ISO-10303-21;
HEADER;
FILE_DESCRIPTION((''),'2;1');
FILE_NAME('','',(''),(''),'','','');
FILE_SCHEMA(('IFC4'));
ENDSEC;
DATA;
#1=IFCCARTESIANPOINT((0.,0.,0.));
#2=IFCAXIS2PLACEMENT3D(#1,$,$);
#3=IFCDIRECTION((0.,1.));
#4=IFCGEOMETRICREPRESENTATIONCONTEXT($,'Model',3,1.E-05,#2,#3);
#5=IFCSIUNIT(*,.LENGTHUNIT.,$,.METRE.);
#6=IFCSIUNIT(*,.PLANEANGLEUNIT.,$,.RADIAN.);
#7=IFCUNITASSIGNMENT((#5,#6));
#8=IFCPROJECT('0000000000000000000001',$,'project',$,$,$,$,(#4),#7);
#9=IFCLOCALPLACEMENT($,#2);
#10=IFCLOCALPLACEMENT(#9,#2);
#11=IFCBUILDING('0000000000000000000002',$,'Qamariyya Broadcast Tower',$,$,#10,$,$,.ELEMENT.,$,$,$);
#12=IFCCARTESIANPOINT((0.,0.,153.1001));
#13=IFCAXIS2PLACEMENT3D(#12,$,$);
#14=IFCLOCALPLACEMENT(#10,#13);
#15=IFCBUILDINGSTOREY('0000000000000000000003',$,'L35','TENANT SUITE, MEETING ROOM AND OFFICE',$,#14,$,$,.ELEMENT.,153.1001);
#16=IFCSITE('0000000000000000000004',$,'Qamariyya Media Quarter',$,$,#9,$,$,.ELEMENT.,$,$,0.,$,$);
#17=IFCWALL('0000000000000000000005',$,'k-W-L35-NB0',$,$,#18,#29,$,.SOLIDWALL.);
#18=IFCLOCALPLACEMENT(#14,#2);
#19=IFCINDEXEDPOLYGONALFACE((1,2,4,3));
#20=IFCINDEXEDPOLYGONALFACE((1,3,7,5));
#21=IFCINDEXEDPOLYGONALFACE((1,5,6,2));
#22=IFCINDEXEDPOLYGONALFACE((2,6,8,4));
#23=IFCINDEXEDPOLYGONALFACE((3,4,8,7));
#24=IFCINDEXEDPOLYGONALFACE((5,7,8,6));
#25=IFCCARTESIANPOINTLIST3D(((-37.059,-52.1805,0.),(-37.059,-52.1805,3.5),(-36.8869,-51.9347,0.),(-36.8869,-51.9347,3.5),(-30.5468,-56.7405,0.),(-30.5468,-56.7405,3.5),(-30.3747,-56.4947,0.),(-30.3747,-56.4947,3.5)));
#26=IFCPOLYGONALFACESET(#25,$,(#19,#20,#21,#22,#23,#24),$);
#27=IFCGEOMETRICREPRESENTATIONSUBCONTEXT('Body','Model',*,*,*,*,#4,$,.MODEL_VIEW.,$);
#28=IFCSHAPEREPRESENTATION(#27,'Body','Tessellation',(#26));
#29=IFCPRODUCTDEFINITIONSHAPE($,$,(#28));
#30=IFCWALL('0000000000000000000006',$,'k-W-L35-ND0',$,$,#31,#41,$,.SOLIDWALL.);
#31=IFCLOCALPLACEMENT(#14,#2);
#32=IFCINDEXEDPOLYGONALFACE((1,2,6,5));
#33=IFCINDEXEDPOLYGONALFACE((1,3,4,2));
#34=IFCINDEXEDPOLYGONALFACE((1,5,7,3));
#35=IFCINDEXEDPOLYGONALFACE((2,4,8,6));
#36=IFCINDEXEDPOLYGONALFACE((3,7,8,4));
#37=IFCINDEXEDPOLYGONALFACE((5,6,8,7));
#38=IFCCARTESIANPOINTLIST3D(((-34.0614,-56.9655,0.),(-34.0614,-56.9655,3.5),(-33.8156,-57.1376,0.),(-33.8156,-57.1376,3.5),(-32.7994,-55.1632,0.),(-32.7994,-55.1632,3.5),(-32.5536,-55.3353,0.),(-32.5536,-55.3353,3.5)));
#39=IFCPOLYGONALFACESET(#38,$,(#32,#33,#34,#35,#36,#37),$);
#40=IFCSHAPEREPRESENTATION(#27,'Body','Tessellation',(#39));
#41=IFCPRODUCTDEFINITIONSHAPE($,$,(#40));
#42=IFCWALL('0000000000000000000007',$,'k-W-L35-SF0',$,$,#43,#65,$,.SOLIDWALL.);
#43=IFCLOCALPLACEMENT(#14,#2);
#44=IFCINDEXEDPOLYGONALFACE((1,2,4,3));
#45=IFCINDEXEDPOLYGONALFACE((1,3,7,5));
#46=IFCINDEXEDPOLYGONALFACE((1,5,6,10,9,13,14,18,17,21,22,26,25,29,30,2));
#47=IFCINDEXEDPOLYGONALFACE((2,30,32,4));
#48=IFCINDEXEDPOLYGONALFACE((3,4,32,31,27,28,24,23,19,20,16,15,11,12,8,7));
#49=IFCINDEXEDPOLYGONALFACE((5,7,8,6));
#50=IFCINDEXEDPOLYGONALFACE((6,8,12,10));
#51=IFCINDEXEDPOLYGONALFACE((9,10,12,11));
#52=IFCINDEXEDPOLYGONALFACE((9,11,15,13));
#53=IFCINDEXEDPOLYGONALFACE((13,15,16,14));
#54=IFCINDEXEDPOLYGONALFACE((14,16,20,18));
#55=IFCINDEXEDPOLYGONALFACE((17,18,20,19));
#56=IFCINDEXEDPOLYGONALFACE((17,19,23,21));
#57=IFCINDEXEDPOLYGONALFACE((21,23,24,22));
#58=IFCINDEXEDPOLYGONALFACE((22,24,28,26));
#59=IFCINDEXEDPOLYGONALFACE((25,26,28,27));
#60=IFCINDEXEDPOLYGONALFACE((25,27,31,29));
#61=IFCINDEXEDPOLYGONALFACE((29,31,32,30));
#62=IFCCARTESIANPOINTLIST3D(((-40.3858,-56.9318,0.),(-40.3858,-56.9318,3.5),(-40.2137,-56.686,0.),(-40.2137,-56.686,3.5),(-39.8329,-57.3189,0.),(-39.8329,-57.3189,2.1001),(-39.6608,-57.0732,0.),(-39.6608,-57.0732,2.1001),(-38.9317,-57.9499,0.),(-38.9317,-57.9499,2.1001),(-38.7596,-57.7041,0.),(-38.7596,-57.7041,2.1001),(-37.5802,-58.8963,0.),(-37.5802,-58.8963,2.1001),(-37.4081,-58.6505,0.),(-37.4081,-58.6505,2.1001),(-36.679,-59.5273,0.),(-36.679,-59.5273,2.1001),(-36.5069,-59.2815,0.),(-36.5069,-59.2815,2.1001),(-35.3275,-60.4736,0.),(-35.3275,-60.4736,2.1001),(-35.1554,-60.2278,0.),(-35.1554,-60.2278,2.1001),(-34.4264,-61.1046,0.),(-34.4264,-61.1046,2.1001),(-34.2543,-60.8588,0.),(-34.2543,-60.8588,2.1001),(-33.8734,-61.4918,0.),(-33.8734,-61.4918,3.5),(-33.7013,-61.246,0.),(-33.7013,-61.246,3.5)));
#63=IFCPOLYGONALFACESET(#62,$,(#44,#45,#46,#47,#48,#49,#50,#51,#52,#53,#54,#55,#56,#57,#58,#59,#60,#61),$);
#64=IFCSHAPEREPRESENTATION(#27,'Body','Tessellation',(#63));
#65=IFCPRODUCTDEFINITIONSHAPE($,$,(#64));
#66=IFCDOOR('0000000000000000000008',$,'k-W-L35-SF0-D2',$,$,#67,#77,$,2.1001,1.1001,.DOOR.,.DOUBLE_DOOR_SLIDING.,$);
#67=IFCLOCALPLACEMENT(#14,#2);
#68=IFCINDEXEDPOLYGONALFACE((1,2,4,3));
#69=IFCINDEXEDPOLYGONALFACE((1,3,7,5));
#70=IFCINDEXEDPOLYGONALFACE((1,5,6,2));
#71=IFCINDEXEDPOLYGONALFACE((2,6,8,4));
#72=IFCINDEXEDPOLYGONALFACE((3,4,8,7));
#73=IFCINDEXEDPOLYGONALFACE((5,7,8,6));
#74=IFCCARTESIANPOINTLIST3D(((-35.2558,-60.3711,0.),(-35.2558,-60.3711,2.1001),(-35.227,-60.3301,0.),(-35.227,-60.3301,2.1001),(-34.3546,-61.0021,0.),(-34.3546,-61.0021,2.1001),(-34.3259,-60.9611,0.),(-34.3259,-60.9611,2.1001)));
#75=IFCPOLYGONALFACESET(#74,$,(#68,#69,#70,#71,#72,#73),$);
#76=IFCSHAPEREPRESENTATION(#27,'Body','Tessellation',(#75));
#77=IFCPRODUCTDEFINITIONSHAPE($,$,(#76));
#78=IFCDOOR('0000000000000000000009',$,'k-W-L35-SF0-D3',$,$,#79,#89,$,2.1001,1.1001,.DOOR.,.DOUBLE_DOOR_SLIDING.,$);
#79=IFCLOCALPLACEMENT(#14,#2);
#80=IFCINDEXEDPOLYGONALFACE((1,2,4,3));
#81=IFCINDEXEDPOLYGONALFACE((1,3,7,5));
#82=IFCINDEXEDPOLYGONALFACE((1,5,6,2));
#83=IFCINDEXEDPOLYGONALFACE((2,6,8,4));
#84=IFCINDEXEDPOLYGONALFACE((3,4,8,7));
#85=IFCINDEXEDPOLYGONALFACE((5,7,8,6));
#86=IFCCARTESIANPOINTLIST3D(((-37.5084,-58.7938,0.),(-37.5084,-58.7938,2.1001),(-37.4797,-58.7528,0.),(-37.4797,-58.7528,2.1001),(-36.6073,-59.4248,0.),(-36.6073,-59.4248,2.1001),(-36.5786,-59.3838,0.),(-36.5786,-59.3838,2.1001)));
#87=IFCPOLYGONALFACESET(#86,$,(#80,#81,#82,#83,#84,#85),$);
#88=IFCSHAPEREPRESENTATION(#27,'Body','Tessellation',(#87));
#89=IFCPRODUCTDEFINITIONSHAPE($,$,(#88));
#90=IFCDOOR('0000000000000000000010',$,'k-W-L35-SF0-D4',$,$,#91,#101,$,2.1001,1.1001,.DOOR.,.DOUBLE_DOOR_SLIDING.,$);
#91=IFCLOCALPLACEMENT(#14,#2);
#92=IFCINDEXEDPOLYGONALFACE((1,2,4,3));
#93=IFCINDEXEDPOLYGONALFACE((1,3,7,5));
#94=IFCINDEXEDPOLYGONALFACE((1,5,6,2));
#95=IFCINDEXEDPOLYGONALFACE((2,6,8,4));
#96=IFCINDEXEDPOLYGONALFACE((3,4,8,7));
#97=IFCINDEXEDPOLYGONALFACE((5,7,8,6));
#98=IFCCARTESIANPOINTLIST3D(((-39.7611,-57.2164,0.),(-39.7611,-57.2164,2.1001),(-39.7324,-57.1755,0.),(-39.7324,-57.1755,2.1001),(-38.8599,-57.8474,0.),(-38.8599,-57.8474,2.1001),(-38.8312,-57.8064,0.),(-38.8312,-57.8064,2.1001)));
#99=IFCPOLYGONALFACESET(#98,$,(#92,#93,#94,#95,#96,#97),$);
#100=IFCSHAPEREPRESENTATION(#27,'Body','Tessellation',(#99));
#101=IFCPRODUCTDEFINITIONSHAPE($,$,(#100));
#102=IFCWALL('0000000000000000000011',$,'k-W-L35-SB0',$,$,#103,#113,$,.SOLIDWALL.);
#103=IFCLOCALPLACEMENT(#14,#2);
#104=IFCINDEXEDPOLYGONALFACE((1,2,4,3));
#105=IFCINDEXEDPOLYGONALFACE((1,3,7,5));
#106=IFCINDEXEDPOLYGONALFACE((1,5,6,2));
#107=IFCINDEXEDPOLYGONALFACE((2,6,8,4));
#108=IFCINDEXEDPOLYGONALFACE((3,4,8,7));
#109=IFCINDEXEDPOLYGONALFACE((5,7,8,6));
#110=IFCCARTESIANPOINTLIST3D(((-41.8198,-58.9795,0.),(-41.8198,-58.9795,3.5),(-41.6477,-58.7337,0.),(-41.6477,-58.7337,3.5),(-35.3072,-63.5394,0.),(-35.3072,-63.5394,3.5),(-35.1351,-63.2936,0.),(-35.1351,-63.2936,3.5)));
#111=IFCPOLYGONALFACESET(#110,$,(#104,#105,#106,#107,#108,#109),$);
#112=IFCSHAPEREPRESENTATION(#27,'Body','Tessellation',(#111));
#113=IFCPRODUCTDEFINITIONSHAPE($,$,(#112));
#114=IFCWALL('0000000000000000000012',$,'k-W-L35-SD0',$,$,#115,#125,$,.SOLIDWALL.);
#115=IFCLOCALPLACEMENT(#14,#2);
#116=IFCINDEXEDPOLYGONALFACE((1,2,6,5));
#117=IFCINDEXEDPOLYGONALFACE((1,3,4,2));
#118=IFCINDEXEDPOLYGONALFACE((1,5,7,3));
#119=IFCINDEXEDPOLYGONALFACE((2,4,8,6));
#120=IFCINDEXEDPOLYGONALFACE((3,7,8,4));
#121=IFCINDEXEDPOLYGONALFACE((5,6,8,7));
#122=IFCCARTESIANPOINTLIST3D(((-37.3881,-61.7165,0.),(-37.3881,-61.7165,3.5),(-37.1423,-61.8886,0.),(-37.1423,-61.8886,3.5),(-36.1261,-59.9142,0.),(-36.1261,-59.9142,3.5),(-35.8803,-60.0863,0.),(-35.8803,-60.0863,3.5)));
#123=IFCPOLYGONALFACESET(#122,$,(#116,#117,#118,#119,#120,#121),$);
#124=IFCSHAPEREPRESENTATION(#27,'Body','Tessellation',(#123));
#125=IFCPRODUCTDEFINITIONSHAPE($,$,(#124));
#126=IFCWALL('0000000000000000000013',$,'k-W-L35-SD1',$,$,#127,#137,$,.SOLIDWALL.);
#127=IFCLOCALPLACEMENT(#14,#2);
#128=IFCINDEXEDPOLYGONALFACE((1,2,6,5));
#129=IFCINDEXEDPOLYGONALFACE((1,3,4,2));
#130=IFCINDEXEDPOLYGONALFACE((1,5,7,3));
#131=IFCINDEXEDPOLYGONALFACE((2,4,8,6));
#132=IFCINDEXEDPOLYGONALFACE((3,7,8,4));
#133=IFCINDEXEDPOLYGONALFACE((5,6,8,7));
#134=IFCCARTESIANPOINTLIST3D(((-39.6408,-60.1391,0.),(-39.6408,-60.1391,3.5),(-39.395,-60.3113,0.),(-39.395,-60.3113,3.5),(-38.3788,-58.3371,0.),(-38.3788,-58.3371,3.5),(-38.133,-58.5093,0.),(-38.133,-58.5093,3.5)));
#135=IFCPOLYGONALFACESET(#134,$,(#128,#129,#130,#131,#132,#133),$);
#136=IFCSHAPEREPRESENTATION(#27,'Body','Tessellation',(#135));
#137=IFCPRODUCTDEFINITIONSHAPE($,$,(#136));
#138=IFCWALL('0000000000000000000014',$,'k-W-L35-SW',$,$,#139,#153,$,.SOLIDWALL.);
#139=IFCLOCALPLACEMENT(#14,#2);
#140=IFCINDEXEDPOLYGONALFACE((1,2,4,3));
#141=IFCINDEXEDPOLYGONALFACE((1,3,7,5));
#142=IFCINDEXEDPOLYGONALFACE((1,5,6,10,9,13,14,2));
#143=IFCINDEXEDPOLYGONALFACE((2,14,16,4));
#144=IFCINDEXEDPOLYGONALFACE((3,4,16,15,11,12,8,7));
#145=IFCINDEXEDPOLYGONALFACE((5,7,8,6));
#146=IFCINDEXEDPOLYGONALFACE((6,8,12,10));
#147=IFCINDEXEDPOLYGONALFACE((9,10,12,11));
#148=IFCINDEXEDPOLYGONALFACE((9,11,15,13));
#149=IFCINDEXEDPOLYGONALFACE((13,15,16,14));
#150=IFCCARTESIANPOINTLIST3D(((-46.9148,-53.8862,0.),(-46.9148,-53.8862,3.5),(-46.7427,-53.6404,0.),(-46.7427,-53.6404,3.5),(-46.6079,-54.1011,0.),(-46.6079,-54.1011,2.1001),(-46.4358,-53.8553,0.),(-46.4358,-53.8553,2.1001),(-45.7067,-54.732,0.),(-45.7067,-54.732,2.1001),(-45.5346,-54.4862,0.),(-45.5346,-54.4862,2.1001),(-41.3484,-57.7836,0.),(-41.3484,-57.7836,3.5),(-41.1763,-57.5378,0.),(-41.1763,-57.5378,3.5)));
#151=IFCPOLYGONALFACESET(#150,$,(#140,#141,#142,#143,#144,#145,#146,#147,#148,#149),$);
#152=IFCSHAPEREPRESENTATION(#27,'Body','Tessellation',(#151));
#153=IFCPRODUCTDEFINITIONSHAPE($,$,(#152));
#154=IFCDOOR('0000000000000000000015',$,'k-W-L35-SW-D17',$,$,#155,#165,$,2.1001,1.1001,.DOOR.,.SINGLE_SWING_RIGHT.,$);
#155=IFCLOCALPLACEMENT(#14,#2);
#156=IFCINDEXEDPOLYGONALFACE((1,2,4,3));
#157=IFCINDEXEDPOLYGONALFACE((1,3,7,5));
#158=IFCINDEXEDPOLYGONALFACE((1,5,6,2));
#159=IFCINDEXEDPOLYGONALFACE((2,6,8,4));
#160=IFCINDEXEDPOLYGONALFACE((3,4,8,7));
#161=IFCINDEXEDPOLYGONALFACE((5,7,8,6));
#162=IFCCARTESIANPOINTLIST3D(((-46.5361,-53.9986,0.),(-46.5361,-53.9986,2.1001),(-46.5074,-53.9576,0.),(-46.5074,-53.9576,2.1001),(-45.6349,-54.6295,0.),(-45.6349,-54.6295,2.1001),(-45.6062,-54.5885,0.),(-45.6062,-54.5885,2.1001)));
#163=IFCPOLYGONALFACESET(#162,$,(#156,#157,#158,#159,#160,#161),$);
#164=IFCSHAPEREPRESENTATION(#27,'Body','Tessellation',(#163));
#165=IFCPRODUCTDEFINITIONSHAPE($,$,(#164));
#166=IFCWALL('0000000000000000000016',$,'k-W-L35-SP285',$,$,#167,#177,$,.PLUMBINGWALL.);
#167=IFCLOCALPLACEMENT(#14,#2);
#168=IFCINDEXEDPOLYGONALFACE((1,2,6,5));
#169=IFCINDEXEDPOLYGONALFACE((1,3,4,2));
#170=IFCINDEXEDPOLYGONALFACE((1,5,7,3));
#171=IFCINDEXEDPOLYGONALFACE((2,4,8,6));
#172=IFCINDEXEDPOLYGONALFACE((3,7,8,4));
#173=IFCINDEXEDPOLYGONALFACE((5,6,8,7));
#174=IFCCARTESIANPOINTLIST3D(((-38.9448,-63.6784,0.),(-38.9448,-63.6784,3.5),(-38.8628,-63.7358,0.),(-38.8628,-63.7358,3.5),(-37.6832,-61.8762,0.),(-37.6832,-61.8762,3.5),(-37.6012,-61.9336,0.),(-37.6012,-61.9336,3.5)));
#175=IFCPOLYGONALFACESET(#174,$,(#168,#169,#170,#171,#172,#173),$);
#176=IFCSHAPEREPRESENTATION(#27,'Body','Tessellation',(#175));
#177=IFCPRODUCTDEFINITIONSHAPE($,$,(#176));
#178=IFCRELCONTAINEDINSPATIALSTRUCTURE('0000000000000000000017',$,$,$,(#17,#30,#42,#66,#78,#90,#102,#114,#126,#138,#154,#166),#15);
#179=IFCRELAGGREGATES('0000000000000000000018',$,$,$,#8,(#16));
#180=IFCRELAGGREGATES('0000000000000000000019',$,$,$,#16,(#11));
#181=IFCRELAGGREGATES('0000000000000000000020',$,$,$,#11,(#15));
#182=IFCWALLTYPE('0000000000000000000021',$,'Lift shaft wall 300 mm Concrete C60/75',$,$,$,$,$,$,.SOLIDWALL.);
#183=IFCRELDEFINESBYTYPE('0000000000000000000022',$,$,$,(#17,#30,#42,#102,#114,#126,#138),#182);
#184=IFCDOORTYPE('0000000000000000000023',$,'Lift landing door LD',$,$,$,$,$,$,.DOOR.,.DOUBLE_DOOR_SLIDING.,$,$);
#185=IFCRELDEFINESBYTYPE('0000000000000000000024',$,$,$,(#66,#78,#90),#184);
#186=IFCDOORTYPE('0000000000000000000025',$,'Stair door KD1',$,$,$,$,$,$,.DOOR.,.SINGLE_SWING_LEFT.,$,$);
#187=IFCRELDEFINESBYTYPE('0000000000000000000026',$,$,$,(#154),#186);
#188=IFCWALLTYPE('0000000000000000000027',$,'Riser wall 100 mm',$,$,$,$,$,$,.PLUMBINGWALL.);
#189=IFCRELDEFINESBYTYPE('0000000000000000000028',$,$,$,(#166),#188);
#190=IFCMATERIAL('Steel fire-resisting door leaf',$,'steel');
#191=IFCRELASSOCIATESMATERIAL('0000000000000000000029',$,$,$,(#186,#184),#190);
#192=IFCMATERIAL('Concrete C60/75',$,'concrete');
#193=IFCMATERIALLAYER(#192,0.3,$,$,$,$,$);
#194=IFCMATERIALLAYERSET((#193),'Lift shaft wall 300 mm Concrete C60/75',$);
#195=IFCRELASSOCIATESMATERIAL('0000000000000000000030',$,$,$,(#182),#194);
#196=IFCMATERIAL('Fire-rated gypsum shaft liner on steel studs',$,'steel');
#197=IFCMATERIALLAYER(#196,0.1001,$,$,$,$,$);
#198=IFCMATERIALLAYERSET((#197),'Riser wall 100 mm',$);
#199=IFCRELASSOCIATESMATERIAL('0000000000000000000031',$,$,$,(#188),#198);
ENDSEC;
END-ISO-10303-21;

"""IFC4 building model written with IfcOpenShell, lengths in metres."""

from ifc_helpers import new_model, si_unit, direction, frame, frame_2d, origin, place, context, subcontext, project, spatial, rectangle, extrude, material, layer, layer_set, type_object, element, fill, save


model = new_model("IFC4")

# Units and contexts
model_context = context("Model", 3, precision=1e-05, world=origin(), true_north=direction((0.0, 1.0)))
body_context = subcontext(model_context, "Body", "Model", "MODEL_VIEW")
ifc_project = project(units=[si_unit("LENGTHUNIT", "METRE"), si_unit("PLANEANGLEUNIT", "RADIAN")], contexts=[model_context])

# Site, building, storey
site_placement = place(None, origin())
site = spatial("IfcSite", under=ifc_project, at=site_placement, Name="Qamariyya Media Quarter", CompositionType="ELEMENT", RefElevation=0.0)
building_placement = place(site_placement, origin())
building = spatial("IfcBuilding", under=site, at=building_placement, Name="Qamariyya Broadcast Tower", CompositionType="ELEMENT")
storey_placement = place(building_placement, frame((0.0, 0.0, 153.1001)))
storey = spatial("IfcBuildingStorey", under=building, at=storey_placement, Name="L35", Description="TENANT SUITE, MEETING ROOM AND OFFICE", CompositionType="ELEMENT", Elevation=153.1001)

# Shared definitions
ifc_material_1 = material(Name="Concrete C60/75", Category="concrete")

# Shared definitions
ifc_material_2 = material(Name="Steel fire-resisting door leaf", Category="steel")

# Shared definitions
door_type_1 = type_object("IfcDoorType", Name="Stair door KD1", OperationType="SINGLE_SWING_LEFT", PredefinedType="DOOR", material=ifc_material_2)

# Walls
ifc_layer_1 = layer(ifc_material_1, 0.3)
ifc_layer_set_1 = layer_set([ifc_layer_1], Name="Lift shaft wall 300 mm Concrete C60/75")
wall_type_1 = type_object("IfcWallType", Name="Lift shaft wall 300 mm Concrete C60/75", PredefinedType="SOLIDWALL", material=ifc_layer_set_1)
wall_1_placement = place(storey_placement, frame((-30.4607, -56.6177, 0.0), z_axis=(0.0, 0.0, 1.0), x_axis=(-0.819142, 0.57359, 0.0)))
element("IfcWall", 1, at=wall_1_placement, inside=storey, type_object=wall_type_1, Name="k-W-L35-NB0", PredefinedType="SOLIDWALL", context=body_context, shape_type="SweptSolid", body=[
    extrude(rectangle(XDim=7.95, YDim=0.3, at=frame_2d((3.9751, 0.0))), origin(), (0.0, 0.0, 1.0), 3.5),
])
wall_2_placement = place(storey_placement, frame((-33.9385, -57.0515, 0.0), z_axis=(0.0, 0.0, 1.0), x_axis=(0.573581, 0.819149, 0.0)))
element("IfcWall", 2, at=wall_2_placement, inside=storey, type_object=wall_type_1, Name="k-W-L35-ND0", PredefinedType="SOLIDWALL", context=body_context, shape_type="SweptSolid", body=[
    extrude(rectangle(XDim=2.2002, YDim=0.3, at=frame_2d((1.1001, 0.0))), origin(), (0.0, 0.0, 1.0), 3.5),
])

# Wall, openings, doors
wall_3_placement = place(storey_placement, frame((-33.7874, -61.3689, 0.0), z_axis=(0.0, 0.0, 1.0), x_axis=(-0.819153, 0.573576, 0.0)))
wall_3 = element("IfcWall", 3, at=wall_3_placement, inside=storey, type_object=wall_type_1, Name="k-W-L35-SF0", PredefinedType="SOLIDWALL", context=body_context, shape_type="SweptSolid", body=[
    extrude(rectangle(XDim=7.9502, YDim=0.3, at=frame_2d((3.9751, 0.0))), origin(), (0.0, 0.0, 1.0), 3.5),
])
opening_1_placement = place(wall_3_placement, frame((0.675, 0.0, 0.0)))
opening_1 = element("IfcOpeningElement", 4, at=opening_1_placement, cuts=wall_3, PredefinedType="OPENING", context=body_context, shape_type="SweptSolid", body=[
    extrude(rectangle(XDim=1.1001, YDim=2.1001, at=frame_2d((0.55, 1.05))), frame((0.0, 0.1599, 0.0), z_axis=(0.0, -1.0, 0.0), x_axis=(1.0, 0.0, 0.0)), (0.0, 0.0, 1.0), 0.3201),
])
opening_2_placement = place(wall_3_placement, frame((3.425, 0.0, 0.0)))
opening_2 = element("IfcOpeningElement", 5, at=opening_2_placement, cuts=wall_3, PredefinedType="OPENING", context=body_context, shape_type="SweptSolid", body=[
    extrude(rectangle(XDim=1.1001, YDim=2.1001, at=frame_2d((0.55, 1.05))), frame((0.0, 0.1599, 0.0), z_axis=(0.0, -1.0, 0.0), x_axis=(1.0, 0.0, 0.0)), (0.0, 0.0, 1.0), 0.3201),
])
opening_3_placement = place(wall_3_placement, frame((6.175, 0.0, 0.0)))
opening_3 = element("IfcOpeningElement", 6, at=opening_3_placement, cuts=wall_3, PredefinedType="OPENING", context=body_context, shape_type="SweptSolid", body=[
    extrude(rectangle(XDim=1.1001, YDim=2.1001, at=frame_2d((0.55, 1.05))), frame((0.0, 0.1599, 0.0), z_axis=(0.0, -1.0, 0.0), x_axis=(1.0, 0.0, 0.0)), (0.0, 0.0, 1.0), 0.3201),
])
door_type_2 = type_object("IfcDoorType", Name="Lift landing door LD", OperationType="DOUBLE_DOOR_SLIDING", PredefinedType="DOOR", material=ifc_material_2)
door_1_placement = place(opening_1_placement, origin())
door_1 = element("IfcDoor", 7, at=door_1_placement, inside=storey, type_object=door_type_2, Name="k-W-L35-SF0-D2", OperationType="DOUBLE_DOOR_SLIDING", OverallHeight=2.1001, OverallWidth=1.1001, PredefinedType="DOOR", context=body_context, shape_type="SweptSolid", body=[
    extrude(rectangle(XDim=1.1001, YDim=2.1001, at=frame_2d((0.55, 1.05))), frame((0.0, 0.0249, 0.0), z_axis=(0.0, -1.0, 0.0), x_axis=(1.0, 0.0, 0.0)), (0.0, 0.0, 1.0), 0.05),
])
fill(opening_1, door_1)
door_2_placement = place(opening_2_placement, origin())
door_2 = element("IfcDoor", 8, at=door_2_placement, inside=storey, type_object=door_type_2, Name="k-W-L35-SF0-D3", OperationType="DOUBLE_DOOR_SLIDING", OverallHeight=2.1001, OverallWidth=1.1001, PredefinedType="DOOR", context=body_context, shape_type="SweptSolid", body=[
    extrude(rectangle(XDim=1.1001, YDim=2.1001, at=frame_2d((0.55, 1.05))), frame((0.0, 0.0249, 0.0), z_axis=(0.0, -1.0, 0.0), x_axis=(1.0, 0.0, 0.0)), (0.0, 0.0, 1.0), 0.05),
])
fill(opening_2, door_2)
door_3_placement = place(opening_3_placement, origin())
door_3 = element("IfcDoor", 9, at=door_3_placement, inside=storey, type_object=door_type_2, Name="k-W-L35-SF0-D4", OperationType="DOUBLE_DOOR_SLIDING", OverallHeight=2.1001, OverallWidth=1.1001, PredefinedType="DOOR", context=body_context, shape_type="SweptSolid", body=[
    extrude(rectangle(XDim=1.1001, YDim=2.1001, at=frame_2d((0.55, 1.05))), frame((0.0, 0.0249, 0.0), z_axis=(0.0, -1.0, 0.0), x_axis=(1.0, 0.0, 0.0)), (0.0, 0.0, 1.0), 0.05),
])
fill(opening_3, door_3)

# Walls
wall_4_placement = place(storey_placement, frame((-35.2212, -63.4165, 0.0), z_axis=(0.0, 0.0, 1.0), x_axis=(-0.819167, 0.573555, 0.0)))
element("IfcWall", 10, at=wall_4_placement, inside=storey, type_object=wall_type_1, Name="k-W-L35-SB0", PredefinedType="SOLIDWALL", context=body_context, shape_type="SweptSolid", body=[
    extrude(rectangle(XDim=7.9502, YDim=0.3, at=frame_2d((3.9751, 0.0))), origin(), (0.0, 0.0, 1.0), 3.5),
])
wall_5_placement = place(storey_placement, frame((-36.0032, -60.0002, 0.0), z_axis=(0.0, 0.0, 1.0), x_axis=(-0.573581, -0.819149, 0.0)))
element("IfcWall", 11, at=wall_5_placement, inside=storey, type_object=wall_type_1, Name="k-W-L35-SD0", PredefinedType="SOLIDWALL", context=body_context, shape_type="SweptSolid", body=[
    extrude(rectangle(XDim=2.2002, YDim=0.3, at=frame_2d((1.1001, 0.0))), origin(), (0.0, 0.0, 1.0), 3.5),
])
wall_6_placement = place(storey_placement, frame((-38.2559, -58.4231, 0.0), z_axis=(0.0, 0.0, 1.0), x_axis=(-0.573634, -0.819112, 0.0)))
element("IfcWall", 12, at=wall_6_placement, inside=storey, type_object=wall_type_1, Name="k-W-L35-SD1", PredefinedType="SOLIDWALL", context=body_context, shape_type="SweptSolid", body=[
    extrude(rectangle(XDim=2.2, YDim=0.3, at=frame_2d((1.1001, 0.0))), origin(), (0.0, 0.0, 1.0), 3.5),
])

# Wall, opening, door
wall_7_placement = place(storey_placement, frame((-41.2625, -57.6606, 0.0), z_axis=(0.0, 0.0, 1.0), x_axis=(-0.819164, 0.573559, 0.0)))
wall_7 = element("IfcWall", 13, at=wall_7_placement, inside=storey, type_object=wall_type_1, Name="k-W-L35-SW", PredefinedType="SOLIDWALL", context=body_context, shape_type="SweptSolid", body=[
    extrude(rectangle(XDim=6.7952, YDim=0.3, at=frame_2d((3.3975, 0.0))), origin(), (0.0, 0.0, 1.0), 3.5),
])
opening_4_placement = place(wall_7_placement, frame((5.3203, 0.0, 0.0)))
opening_4 = element("IfcOpeningElement", 14, at=opening_4_placement, cuts=wall_7, PredefinedType="OPENING", context=body_context, shape_type="SweptSolid", body=[
    extrude(rectangle(XDim=1.1001, YDim=2.1001, at=frame_2d((0.55, 1.05))), frame((0.0, 0.1599, 0.0), z_axis=(0.0, -1.0, 0.0), x_axis=(1.0, 0.0, 0.0)), (0.0, 0.0, 1.0), 0.3201),
])
door_4_placement = place(opening_4_placement, origin())
door_4 = element("IfcDoor", 15, at=door_4_placement, inside=storey, type_object=door_type_1, Name="k-W-L35-SW-D17", OperationType="SINGLE_SWING_RIGHT", OverallHeight=2.1001, OverallWidth=1.1001, PredefinedType="DOOR", context=body_context, shape_type="SweptSolid", body=[
    extrude(rectangle(XDim=1.1001, YDim=2.1001, at=frame_2d((0.55, 1.05))), frame((0.0, 0.0249, 0.0), z_axis=(0.0, -1.0, 0.0), x_axis=(1.0, 0.0, 0.0)), (0.0, 0.0, 1.0), 0.05),
])
fill(opening_4, door_4)

# Wall
ifc_material_3 = material(Name="Fire-rated gypsum shaft liner on steel studs", Category="steel")
ifc_layer_2 = layer(ifc_material_3, 0.1001)
ifc_layer_set_2 = layer_set([ifc_layer_2], Name="Riser wall 100 mm")
wall_type_2 = type_object("IfcWallType", Name="Riser wall 100 mm", PredefinedType="PLUMBINGWALL", material=ifc_layer_set_2)
wall_8_placement = place(storey_placement, frame((-37.6421, -61.9048, 0.0), z_axis=(0.0, 0.0, 1.0), x_axis=(-0.573507, -0.819201, 0.0)))
element("IfcWall", 16, at=wall_8_placement, inside=storey, type_object=wall_type_2, Name="k-W-L35-SP285", PredefinedType="PLUMBINGWALL", context=body_context, shape_type="SweptSolid", body=[
    extrude(rectangle(XDim=2.2, YDim=0.1001, at=frame_2d((1.1001, 0.0))), origin(), (0.0, 0.0, 1.0), 3.5),
])

save(model, "model.ifc")
